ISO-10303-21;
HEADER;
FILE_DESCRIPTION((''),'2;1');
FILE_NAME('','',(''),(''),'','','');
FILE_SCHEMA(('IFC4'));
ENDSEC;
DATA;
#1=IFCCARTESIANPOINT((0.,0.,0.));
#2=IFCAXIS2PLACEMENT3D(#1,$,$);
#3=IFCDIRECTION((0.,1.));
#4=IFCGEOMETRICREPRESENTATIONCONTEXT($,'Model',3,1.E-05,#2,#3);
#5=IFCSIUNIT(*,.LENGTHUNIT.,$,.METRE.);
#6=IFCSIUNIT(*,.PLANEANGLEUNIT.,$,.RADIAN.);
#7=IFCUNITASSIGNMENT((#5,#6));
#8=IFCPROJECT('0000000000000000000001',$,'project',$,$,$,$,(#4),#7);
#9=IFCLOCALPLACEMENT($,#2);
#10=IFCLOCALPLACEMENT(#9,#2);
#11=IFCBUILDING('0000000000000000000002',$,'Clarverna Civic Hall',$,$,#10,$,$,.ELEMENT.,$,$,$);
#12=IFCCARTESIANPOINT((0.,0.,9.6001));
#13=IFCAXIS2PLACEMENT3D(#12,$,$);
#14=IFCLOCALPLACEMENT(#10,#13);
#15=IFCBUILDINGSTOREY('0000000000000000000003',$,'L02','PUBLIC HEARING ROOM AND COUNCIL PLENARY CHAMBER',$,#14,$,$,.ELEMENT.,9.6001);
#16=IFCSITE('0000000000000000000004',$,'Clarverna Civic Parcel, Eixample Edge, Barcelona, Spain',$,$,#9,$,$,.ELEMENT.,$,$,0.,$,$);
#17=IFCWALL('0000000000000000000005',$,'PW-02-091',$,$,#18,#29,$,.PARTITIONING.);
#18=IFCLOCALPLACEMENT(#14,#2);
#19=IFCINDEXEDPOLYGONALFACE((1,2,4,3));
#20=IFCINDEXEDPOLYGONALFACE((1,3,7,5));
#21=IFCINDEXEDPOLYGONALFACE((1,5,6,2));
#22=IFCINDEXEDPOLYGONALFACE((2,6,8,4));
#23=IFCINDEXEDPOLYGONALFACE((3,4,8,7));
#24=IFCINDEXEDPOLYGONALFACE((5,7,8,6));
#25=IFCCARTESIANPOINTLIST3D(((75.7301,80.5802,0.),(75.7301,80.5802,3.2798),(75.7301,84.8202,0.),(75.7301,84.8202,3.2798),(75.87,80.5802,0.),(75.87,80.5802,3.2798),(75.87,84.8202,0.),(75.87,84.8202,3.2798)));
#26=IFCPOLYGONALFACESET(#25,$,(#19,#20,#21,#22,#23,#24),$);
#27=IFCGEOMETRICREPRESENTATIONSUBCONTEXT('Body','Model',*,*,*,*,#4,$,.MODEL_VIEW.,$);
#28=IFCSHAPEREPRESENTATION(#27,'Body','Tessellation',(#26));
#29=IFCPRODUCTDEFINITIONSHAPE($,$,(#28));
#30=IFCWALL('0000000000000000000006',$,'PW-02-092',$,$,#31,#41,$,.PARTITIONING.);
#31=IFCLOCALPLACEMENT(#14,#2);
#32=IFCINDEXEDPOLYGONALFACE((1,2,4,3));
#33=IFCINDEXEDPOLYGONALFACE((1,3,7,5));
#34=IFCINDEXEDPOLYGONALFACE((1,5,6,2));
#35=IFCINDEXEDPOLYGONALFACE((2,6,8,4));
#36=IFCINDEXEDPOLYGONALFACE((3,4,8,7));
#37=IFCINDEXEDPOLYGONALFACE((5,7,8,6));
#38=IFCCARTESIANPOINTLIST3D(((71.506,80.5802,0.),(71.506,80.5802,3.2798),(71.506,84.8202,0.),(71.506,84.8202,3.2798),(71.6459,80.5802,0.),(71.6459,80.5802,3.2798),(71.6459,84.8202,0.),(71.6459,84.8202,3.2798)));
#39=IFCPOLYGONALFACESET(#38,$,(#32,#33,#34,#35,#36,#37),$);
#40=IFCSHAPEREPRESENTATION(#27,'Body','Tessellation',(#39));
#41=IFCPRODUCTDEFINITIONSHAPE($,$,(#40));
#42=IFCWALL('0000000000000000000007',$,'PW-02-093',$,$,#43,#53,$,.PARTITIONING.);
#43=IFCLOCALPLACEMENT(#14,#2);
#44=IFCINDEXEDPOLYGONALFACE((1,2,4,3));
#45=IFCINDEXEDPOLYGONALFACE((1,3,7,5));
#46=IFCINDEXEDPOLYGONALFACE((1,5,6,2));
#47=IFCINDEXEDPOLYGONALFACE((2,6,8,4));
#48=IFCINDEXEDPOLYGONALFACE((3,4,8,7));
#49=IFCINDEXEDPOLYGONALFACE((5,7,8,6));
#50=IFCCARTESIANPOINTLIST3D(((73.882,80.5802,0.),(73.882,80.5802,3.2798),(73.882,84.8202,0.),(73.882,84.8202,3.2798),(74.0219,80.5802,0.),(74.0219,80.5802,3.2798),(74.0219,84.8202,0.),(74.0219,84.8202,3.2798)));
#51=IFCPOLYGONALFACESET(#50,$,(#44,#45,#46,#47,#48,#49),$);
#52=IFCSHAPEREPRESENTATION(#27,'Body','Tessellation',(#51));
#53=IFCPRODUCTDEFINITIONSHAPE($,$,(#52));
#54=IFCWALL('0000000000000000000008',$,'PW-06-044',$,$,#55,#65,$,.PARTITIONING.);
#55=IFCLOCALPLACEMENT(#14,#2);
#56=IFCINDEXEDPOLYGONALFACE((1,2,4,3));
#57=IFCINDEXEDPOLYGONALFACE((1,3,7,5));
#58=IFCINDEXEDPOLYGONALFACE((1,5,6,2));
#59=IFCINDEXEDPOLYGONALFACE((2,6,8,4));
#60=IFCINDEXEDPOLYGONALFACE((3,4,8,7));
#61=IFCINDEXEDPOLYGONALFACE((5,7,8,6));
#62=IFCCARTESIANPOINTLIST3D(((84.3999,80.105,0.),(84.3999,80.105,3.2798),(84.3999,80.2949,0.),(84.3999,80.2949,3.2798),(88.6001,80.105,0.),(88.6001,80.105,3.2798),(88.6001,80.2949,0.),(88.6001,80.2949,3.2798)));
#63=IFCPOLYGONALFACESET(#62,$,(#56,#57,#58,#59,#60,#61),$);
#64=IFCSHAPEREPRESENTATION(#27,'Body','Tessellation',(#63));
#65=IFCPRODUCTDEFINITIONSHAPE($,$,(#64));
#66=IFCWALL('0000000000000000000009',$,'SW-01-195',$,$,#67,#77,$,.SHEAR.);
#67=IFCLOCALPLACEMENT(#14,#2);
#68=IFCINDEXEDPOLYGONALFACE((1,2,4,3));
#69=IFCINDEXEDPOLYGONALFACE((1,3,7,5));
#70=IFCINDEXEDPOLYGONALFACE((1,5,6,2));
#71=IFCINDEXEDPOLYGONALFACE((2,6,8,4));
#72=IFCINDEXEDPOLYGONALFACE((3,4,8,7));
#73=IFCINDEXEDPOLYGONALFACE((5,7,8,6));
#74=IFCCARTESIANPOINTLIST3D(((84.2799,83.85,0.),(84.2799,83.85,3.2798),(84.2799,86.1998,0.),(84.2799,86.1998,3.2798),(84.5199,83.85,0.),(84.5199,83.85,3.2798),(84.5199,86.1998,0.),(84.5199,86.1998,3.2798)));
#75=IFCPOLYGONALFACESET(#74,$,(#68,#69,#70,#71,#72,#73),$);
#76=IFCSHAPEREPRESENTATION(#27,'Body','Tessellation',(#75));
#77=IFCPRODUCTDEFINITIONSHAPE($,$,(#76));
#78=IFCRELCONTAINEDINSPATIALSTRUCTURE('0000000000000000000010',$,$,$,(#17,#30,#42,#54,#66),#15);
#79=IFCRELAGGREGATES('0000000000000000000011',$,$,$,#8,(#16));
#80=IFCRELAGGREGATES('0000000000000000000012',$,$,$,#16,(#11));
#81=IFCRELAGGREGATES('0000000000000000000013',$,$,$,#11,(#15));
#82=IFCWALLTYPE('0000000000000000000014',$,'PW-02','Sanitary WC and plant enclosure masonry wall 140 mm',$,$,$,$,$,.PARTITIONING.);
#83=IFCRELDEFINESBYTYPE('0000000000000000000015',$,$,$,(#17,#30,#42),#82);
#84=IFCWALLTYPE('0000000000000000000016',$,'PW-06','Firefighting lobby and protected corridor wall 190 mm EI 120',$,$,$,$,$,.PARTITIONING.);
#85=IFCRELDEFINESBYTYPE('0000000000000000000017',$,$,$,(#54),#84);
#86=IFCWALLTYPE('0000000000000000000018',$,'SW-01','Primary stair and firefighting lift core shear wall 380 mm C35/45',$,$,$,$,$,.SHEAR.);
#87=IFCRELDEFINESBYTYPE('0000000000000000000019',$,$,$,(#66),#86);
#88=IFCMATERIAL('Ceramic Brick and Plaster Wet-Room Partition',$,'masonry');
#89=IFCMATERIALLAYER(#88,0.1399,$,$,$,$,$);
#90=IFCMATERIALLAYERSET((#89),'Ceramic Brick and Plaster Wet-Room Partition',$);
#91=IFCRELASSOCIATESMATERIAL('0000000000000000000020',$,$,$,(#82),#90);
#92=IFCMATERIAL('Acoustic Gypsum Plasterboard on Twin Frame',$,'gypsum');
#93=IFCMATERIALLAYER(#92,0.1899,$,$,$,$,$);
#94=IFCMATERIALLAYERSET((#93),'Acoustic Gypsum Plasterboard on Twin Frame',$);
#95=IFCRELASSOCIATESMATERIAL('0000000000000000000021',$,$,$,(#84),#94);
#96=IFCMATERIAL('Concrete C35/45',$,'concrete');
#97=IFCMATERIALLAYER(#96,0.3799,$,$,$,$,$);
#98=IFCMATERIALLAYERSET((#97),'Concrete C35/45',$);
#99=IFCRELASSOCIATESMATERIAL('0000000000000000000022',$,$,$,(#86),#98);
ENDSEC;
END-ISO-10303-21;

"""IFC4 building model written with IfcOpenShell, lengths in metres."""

from ifc_helpers import new_model, si_unit, direction, frame, frame_2d, origin, place, context, subcontext, project, spatial, rectangle, extrude, material, layer, layer_set, type_object, element, save


model = new_model("IFC4")

# Units and contexts
model_context = context("Model", 3, precision=1e-05, world=origin(), true_north=direction((0.0, 1.0)))
body_context = subcontext(model_context, "Body", "Model", "MODEL_VIEW")
ifc_project = project(units=[si_unit("LENGTHUNIT", "METRE"), si_unit("PLANEANGLEUNIT", "RADIAN")], contexts=[model_context])

# Site, building, storey
site_placement = place(None, origin())
site = spatial("IfcSite", under=ifc_project, at=site_placement, Name="Clarverna Civic Parcel, Eixample Edge, Barcelona, Spain", CompositionType="ELEMENT", RefElevation=0.0)
building_placement = place(site_placement, origin())
building = spatial("IfcBuilding", under=site, at=building_placement, Name="Clarverna Civic Hall", CompositionType="ELEMENT")
storey_placement = place(building_placement, frame((0.0, 0.0, 9.6001)))
storey = spatial("IfcBuildingStorey", under=building, at=storey_placement, Name="L02", Description="PUBLIC HEARING ROOM AND COUNCIL PLENARY CHAMBER", CompositionType="ELEMENT", Elevation=9.6001)

# Shared definitions
ifc_material_1 = material(Name="Concrete C35/45", Category="concrete")

# Walls
ifc_material_2 = material(Name="Ceramic Brick and Plaster Wet-Room Partition", Category="masonry")
ifc_layer_1 = layer(ifc_material_2, 0.1399)
ifc_layer_set_1 = layer_set([ifc_layer_1], Name="Ceramic Brick and Plaster Wet-Room Partition")
wall_type_1 = type_object("IfcWallType", Name="PW-02", Description="Sanitary WC and plant enclosure masonry wall 140 mm", PredefinedType="PARTITIONING", material=ifc_layer_set_1)
for number, where, z_axis, x_axis, name in (
    (1, (75.8, 80.5801, 0.0), (0.0, 0.0, 1.0), (0.0, 1.0, 0.0), "PW-02-091"),
    (2, (71.5759, 80.5801, 0.0), (0.0, 0.0, 1.0), (0.0, 1.0, 0.0), "PW-02-092"),
    (3, (73.9519, 80.5801, 0.0), (0.0, 0.0, 1.0), (0.0, 1.0, 0.0), "PW-02-093"),
):
    element("IfcWall", number, at=place(storey_placement, frame(where, z_axis=z_axis, x_axis=x_axis)), inside=storey, type_object=wall_type_1, Name=name, PredefinedType="PARTITIONING", context=body_context, shape_type="SweptSolid", body=[
        extrude(rectangle(XDim=4.24, YDim=0.1399, at=frame_2d((2.1201, 0.0))), origin(), (0.0, 0.0, 1.0), 3.2798),
    ])

# Shared definitions
ifc_material_3 = material(Name="Acoustic Gypsum Plasterboard on Twin Frame", Category="gypsum")
ifc_layer_2 = layer(ifc_material_3, 0.1899)
ifc_layer_set_2 = layer_set([ifc_layer_2], Name="Acoustic Gypsum Plasterboard on Twin Frame")
wall_type_2 = type_object("IfcWallType", Name="PW-06", Description="Firefighting lobby and protected corridor wall 190 mm EI 120", PredefinedType="PARTITIONING", material=ifc_layer_set_2)

# Walls
wall_1_placement = place(storey_placement, frame((84.3999, 80.2, 0.0), z_axis=(0.0, 0.0, 1.0), x_axis=(1.0, 0.0, 0.0)))
element("IfcWall", 4, at=wall_1_placement, inside=storey, type_object=wall_type_2, Name="PW-06-044", PredefinedType="PARTITIONING", context=body_context, shape_type="SweptSolid", body=[
    extrude(rectangle(XDim=4.2002, YDim=0.1899, at=frame_2d((2.1001, 0.0))), origin(), (0.0, 0.0, 1.0), 3.2798),
])
ifc_layer_3 = layer(ifc_material_1, 0.3799)
ifc_layer_set_3 = layer_set([ifc_layer_3], Name="Concrete C35/45")
wall_type_3 = type_object("IfcWallType", Name="SW-01", Description="Primary stair and firefighting lift core shear wall 380 mm C35/45", PredefinedType="SHEAR", material=ifc_layer_set_3)
wall_2_placement = place(storey_placement, frame((84.3999, 83.8501, 0.0), z_axis=(0.0, 0.0, 1.0), x_axis=(0.0, 1.0, 0.0)))
element("IfcWall", 5, at=wall_2_placement, inside=storey, type_object=wall_type_3, Name="SW-01-195", PredefinedType="SHEAR", context=body_context, shape_type="SweptSolid", body=[
    extrude(rectangle(XDim=2.3499, YDim=0.24, at=frame_2d((1.1748, 0.0))), origin(), (0.0, 0.0, 1.0), 3.2798),
])

save(model, "model.ifc")
